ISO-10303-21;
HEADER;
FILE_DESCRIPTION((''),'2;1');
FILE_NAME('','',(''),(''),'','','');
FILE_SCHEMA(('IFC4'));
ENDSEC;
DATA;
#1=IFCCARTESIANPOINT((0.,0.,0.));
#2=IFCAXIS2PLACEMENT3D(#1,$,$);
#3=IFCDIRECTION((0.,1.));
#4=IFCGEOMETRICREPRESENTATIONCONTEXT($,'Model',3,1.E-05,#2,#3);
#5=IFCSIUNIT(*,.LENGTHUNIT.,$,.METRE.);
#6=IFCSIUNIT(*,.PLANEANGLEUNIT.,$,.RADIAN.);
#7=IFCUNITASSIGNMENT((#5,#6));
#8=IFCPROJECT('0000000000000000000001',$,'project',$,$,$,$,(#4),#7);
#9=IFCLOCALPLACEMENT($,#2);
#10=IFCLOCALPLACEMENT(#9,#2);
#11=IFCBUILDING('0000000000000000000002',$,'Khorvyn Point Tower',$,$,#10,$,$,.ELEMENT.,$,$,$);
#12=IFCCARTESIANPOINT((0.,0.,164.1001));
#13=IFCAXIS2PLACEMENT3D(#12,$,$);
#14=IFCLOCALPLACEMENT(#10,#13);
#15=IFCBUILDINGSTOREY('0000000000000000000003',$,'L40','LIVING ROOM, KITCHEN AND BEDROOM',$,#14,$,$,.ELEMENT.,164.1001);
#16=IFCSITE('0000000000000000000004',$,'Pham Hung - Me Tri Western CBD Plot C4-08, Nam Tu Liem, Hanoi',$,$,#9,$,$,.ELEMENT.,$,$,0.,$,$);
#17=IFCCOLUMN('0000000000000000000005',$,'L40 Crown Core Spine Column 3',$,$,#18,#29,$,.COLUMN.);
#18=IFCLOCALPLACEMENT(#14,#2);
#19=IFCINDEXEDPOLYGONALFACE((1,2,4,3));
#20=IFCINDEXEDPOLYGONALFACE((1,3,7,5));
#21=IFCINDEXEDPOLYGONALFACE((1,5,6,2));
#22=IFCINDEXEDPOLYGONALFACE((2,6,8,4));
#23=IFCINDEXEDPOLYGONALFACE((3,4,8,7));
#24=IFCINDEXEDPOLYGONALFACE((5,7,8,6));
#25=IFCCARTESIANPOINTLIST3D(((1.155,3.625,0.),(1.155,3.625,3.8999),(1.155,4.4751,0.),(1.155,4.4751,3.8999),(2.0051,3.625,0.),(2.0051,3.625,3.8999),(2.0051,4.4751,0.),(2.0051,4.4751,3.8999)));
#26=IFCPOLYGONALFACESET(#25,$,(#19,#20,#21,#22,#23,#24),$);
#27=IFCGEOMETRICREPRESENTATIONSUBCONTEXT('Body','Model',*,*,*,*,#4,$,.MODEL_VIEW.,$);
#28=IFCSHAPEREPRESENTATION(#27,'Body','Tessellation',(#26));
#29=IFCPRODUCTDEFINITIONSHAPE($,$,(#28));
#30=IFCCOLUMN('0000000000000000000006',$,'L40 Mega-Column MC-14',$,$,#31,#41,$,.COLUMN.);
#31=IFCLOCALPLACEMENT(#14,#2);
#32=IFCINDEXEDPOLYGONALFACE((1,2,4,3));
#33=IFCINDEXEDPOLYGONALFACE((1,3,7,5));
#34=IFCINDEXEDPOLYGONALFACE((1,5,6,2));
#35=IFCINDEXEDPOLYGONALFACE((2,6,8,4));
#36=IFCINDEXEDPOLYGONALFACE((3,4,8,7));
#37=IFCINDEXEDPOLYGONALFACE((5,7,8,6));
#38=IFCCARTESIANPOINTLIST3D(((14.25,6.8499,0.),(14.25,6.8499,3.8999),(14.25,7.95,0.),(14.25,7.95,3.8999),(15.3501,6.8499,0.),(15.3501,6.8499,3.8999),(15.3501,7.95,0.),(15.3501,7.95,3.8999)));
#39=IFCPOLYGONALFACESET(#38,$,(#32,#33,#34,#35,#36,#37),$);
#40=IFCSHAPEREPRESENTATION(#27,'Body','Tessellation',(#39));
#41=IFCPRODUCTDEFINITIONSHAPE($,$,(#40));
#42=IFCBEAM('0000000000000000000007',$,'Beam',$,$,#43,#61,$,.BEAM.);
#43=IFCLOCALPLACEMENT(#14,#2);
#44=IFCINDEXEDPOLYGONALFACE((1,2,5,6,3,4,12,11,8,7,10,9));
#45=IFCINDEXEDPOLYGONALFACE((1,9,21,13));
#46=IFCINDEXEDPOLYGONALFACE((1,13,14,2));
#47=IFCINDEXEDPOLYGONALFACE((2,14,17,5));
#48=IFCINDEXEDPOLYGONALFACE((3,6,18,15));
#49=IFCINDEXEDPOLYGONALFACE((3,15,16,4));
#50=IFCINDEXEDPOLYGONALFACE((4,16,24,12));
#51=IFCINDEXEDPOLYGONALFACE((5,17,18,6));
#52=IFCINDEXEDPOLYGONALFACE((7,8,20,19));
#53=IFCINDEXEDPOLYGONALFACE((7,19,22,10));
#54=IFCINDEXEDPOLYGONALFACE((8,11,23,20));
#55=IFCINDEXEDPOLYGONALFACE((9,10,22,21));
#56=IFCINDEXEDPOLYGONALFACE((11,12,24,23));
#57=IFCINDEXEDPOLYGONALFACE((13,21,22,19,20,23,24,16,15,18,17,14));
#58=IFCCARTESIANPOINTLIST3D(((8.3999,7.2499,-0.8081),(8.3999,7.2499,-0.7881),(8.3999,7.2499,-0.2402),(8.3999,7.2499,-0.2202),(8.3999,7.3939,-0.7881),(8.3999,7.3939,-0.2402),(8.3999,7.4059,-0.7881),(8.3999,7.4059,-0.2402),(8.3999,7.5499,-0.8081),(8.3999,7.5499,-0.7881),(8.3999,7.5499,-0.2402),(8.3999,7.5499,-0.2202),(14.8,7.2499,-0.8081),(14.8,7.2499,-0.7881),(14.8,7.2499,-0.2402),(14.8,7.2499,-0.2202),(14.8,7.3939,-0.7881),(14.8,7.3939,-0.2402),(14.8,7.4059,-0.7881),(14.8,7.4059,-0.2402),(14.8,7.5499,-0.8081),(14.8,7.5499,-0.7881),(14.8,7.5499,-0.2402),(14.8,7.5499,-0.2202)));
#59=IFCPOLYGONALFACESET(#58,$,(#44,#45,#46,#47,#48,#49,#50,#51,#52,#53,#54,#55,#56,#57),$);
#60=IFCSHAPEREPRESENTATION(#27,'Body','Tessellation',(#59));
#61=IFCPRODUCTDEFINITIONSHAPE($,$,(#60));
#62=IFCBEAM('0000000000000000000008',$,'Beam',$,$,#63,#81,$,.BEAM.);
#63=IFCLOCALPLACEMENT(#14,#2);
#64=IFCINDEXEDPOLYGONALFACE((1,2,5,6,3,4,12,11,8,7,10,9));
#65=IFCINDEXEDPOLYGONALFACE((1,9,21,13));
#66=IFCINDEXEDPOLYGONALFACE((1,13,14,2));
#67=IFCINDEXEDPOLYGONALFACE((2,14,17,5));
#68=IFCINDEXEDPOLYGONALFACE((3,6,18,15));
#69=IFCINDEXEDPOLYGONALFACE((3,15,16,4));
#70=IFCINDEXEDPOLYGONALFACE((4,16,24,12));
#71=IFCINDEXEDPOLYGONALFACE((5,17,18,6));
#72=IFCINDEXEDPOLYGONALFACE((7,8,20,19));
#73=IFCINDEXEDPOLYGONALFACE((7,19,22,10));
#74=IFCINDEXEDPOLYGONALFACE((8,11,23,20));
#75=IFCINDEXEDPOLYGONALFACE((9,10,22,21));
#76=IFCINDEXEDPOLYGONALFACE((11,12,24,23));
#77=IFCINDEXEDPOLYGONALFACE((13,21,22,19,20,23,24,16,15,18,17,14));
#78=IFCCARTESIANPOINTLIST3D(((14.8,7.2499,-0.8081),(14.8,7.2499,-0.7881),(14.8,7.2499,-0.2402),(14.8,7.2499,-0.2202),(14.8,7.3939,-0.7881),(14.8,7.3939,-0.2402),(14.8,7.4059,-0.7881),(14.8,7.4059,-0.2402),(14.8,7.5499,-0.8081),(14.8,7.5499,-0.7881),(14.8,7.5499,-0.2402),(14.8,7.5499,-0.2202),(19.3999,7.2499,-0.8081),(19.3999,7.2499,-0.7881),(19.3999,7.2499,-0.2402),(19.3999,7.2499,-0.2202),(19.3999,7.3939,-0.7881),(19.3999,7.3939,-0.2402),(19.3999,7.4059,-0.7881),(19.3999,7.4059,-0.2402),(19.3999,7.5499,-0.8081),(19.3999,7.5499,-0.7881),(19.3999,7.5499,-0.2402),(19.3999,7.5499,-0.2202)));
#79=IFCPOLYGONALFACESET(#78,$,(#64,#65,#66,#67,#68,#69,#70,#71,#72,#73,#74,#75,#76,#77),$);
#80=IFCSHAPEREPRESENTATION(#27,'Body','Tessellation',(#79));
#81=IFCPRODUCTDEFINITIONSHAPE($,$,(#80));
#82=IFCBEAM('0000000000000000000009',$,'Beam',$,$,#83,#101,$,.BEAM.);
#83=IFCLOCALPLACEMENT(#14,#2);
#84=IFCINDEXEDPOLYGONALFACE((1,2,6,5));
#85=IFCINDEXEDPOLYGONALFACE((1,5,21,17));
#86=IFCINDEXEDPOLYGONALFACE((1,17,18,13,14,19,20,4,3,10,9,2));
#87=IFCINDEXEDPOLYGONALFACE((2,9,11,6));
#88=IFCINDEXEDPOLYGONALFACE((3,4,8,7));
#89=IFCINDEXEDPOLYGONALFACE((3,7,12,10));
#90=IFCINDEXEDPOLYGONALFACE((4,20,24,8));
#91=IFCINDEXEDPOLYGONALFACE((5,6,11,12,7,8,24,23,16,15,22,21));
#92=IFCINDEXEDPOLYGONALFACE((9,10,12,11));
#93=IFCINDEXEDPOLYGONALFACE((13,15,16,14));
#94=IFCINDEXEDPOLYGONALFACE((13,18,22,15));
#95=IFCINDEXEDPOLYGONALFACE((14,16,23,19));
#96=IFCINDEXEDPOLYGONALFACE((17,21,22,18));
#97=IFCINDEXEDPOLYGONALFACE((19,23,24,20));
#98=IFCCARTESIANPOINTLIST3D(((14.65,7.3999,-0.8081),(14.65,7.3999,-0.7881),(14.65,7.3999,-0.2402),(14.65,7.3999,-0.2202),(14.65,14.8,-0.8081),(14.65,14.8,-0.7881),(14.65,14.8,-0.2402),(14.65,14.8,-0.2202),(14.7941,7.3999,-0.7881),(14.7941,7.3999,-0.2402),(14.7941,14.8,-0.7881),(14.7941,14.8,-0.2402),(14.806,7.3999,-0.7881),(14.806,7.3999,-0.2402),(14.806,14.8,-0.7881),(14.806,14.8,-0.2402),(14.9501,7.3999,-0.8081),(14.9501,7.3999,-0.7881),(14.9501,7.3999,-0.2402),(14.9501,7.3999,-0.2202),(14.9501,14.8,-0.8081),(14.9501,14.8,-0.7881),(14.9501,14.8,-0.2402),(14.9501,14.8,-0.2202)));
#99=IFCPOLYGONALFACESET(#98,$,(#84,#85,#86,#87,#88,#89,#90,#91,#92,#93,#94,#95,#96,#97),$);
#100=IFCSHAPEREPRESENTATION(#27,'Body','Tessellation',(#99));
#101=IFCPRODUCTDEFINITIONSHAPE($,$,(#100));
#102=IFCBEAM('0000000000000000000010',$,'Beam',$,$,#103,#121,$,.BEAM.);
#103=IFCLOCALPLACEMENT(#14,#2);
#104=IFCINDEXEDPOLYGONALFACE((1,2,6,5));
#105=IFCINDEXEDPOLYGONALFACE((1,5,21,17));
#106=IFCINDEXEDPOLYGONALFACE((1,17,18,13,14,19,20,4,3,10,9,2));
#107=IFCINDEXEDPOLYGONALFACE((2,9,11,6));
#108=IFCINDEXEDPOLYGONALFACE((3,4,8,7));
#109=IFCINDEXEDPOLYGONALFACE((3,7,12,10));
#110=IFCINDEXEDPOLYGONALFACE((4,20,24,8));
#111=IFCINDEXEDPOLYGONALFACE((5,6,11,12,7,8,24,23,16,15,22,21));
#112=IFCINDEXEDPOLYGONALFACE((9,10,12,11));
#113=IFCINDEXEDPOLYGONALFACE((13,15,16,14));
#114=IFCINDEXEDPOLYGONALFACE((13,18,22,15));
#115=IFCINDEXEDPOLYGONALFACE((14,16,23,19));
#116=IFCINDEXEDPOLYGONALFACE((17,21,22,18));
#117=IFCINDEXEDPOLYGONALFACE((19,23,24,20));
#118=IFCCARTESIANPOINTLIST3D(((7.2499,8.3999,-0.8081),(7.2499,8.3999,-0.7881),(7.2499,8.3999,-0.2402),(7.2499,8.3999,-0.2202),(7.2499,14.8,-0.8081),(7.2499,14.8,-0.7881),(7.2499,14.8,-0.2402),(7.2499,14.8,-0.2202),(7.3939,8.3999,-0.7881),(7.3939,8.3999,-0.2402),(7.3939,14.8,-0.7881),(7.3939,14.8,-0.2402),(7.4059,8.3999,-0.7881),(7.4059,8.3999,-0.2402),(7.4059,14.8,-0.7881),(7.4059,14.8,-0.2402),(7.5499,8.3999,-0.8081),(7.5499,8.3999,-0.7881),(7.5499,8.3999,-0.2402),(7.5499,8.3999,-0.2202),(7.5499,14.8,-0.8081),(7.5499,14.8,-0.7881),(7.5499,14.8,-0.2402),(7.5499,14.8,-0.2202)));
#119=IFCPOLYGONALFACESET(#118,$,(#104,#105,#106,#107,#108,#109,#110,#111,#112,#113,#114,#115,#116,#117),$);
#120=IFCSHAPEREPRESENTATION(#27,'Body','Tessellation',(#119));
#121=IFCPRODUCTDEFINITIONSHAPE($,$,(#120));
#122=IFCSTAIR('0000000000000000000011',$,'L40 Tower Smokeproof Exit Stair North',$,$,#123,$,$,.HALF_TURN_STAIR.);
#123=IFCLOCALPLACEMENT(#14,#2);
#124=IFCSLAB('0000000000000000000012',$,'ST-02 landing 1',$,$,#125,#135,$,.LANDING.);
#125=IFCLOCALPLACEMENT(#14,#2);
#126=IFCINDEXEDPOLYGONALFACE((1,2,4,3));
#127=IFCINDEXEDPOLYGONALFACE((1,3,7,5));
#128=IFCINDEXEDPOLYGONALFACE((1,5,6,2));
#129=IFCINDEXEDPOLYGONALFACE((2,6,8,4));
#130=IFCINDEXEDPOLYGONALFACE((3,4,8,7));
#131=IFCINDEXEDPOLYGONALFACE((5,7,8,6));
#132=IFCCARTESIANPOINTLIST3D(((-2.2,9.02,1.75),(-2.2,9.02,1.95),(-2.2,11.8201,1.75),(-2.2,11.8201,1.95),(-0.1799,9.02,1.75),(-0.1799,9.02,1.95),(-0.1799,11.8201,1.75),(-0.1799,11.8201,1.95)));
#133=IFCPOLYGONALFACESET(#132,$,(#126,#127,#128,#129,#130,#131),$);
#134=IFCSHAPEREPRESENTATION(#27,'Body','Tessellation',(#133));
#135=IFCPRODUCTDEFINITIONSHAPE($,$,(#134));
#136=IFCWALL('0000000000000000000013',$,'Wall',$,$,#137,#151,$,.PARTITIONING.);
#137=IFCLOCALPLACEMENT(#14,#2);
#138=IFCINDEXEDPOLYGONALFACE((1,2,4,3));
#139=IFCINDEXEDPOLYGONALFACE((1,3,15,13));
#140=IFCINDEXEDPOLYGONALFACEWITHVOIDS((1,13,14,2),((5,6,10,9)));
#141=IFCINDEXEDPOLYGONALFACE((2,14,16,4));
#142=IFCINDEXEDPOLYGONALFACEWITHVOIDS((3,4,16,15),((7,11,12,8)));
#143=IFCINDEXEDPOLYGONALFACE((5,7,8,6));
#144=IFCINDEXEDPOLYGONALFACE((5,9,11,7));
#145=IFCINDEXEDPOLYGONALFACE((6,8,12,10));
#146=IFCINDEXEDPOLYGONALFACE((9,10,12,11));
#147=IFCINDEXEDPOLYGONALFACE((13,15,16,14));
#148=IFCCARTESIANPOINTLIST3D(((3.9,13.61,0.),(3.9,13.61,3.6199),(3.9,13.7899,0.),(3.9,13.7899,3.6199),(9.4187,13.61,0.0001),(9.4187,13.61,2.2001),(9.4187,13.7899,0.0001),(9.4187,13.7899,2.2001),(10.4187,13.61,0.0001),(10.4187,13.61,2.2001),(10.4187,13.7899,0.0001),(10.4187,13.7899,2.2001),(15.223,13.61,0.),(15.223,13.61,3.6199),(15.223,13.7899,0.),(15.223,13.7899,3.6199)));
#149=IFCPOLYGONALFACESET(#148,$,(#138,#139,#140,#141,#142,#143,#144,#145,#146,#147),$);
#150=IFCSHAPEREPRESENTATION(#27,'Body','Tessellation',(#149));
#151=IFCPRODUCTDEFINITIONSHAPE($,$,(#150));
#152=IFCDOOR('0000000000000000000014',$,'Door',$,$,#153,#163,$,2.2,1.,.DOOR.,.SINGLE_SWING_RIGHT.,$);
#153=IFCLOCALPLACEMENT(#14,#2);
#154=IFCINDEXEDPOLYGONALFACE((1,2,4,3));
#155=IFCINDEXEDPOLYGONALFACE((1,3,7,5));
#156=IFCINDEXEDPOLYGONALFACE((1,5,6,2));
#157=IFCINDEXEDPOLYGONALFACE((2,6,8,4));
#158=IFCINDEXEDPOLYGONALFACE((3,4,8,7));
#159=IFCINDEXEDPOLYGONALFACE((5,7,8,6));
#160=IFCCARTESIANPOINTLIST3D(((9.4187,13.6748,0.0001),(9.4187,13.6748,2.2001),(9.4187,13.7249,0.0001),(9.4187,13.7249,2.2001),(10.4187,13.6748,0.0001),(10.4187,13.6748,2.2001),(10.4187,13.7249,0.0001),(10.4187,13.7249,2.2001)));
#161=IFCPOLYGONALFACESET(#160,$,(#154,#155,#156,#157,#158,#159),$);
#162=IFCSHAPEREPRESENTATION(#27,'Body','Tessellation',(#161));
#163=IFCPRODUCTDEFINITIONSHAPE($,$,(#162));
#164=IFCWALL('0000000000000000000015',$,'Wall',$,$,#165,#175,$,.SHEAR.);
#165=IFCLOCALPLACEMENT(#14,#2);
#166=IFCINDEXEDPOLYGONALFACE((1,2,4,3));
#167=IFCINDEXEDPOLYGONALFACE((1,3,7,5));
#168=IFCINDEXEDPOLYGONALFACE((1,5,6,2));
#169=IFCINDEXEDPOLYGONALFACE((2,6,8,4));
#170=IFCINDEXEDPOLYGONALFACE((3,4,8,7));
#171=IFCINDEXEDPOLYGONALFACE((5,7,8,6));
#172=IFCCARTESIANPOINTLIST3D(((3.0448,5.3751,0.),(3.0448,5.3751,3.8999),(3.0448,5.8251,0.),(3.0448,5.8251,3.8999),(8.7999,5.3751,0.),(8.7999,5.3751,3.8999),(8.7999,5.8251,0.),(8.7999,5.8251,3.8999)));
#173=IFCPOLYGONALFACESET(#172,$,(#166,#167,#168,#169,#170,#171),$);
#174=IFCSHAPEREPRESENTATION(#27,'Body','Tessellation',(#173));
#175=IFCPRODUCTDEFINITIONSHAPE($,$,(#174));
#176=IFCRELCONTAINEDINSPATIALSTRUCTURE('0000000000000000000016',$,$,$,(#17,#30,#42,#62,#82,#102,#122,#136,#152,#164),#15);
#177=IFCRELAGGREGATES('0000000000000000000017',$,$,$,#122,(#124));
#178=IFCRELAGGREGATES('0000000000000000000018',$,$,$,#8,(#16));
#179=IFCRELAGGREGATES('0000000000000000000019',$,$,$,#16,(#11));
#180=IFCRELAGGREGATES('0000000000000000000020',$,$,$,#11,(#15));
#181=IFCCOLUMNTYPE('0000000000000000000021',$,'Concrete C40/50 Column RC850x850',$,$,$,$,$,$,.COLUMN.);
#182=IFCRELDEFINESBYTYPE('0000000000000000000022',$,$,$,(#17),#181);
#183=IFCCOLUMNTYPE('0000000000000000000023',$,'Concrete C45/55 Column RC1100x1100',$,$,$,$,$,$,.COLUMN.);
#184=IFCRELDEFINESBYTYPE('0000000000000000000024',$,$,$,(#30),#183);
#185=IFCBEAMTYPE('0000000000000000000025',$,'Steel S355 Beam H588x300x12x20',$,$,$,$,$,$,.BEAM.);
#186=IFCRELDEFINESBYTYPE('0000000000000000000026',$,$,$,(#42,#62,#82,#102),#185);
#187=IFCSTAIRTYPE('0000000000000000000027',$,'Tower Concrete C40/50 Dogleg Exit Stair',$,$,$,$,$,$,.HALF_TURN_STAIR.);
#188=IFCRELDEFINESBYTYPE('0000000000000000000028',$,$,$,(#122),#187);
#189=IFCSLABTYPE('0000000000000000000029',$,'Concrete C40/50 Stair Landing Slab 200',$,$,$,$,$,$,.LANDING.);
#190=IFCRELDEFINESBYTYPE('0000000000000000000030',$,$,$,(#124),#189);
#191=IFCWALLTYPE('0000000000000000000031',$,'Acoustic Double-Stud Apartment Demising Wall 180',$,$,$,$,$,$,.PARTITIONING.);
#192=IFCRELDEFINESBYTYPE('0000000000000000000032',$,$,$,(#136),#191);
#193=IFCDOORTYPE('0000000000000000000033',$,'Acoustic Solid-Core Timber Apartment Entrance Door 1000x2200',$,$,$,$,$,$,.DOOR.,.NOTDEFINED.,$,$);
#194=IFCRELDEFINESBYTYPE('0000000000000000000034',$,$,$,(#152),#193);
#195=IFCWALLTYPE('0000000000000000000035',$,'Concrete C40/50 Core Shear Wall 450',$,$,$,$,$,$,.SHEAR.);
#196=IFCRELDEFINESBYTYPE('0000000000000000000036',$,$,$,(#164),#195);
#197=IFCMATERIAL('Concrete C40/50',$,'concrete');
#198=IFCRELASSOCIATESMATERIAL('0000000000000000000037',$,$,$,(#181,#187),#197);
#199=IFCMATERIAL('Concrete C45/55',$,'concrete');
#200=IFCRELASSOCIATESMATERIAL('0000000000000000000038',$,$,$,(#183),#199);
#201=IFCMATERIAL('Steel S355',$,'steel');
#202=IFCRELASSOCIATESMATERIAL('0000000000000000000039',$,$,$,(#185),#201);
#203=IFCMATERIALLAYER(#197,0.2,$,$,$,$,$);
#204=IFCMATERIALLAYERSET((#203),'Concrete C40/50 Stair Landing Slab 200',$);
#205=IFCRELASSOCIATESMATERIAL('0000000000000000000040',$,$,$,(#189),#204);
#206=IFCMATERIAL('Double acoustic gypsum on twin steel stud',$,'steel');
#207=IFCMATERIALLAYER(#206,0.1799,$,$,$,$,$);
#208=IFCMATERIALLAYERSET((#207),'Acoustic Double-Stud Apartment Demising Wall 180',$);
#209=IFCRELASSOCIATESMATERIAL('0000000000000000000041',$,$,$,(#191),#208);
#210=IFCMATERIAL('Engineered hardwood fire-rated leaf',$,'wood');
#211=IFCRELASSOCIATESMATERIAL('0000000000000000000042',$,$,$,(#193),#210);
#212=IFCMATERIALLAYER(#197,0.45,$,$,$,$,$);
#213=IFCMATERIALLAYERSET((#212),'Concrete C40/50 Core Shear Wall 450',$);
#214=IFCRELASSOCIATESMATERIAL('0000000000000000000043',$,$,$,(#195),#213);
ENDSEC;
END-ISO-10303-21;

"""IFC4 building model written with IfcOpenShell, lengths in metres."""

from ifc_helpers import new_model, si_unit, direction, frame, frame_2d, origin, origin_2d, place, context, subcontext, project, spatial, polyline, rectangle, i_section, outline, extrude, material, layer, layer_set, material_profile, profile_set, type_object, element, fill, aggregate, save


model = new_model("IFC4")

# Units and contexts
model_context = context("Model", 3, precision=1e-05, world=origin(), true_north=direction((0.0, 1.0)))
body_context = subcontext(model_context, "Body", "Model", "MODEL_VIEW")
ifc_project = project(units=[si_unit("LENGTHUNIT", "METRE"), si_unit("PLANEANGLEUNIT", "RADIAN")], contexts=[model_context])

# Site, building, storey
site_placement = place(None, origin())
site = spatial("IfcSite", under=ifc_project, at=site_placement, Name="Pham Hung - Me Tri Western CBD Plot C4-08, Nam Tu Liem, Hanoi", CompositionType="ELEMENT", RefElevation=0.0)
building_placement = place(site_placement, origin())
building = spatial("IfcBuilding", under=site, at=building_placement, Name="Khorvyn Point Tower", CompositionType="ELEMENT")
storey_placement = place(building_placement, frame((0.0, 0.0, 164.1001)))
storey = spatial("IfcBuildingStorey", under=building, at=storey_placement, Name="L40", Description="LIVING ROOM, KITCHEN AND BEDROOM", CompositionType="ELEMENT", Elevation=164.1001)

# Columns
ifc_material_1 = material(Name="Concrete C40/50", Category="concrete")
ifc_material_profile_1 = material_profile(ifc_material_1, rectangle(XDim=0.8501, YDim=0.8501, at=origin_2d()))
ifc_profile_set_1 = profile_set([ifc_material_profile_1], Name="Concrete C40/50 RC850x850")
column_type_1 = type_object("IfcColumnType", Name="Concrete C40/50 Column RC850x850", PredefinedType="COLUMN", material=ifc_profile_set_1)
column_1_placement = place(storey_placement, frame((1.5801, 4.05, 0.0), z_axis=(0.0, 0.0, 1.0), x_axis=(1.0, 0.0, 0.0)))
element("IfcColumn", 1, at=column_1_placement, inside=storey, type_object=column_type_1, Name="L40 Crown Core Spine Column 3", PredefinedType="COLUMN", context=body_context, shape_type="SweptSolid", body=[
    extrude(rectangle(XDim=0.8501, YDim=0.8501, at=origin_2d()), origin(), (0.0, 0.0, 1.0), 3.8999),
])
ifc_material_2 = material(Name="Concrete C45/55", Category="concrete")
ifc_material_profile_2 = material_profile(ifc_material_2, rectangle(XDim=1.1001, YDim=1.1001, at=origin_2d()))
ifc_profile_set_2 = profile_set([ifc_material_profile_2], Name="Concrete C45/55 RC1100x1100")
column_type_2 = type_object("IfcColumnType", Name="Concrete C45/55 Column RC1100x1100", PredefinedType="COLUMN", material=ifc_profile_set_2)
column_2_placement = place(storey_placement, frame((14.8, 7.3999, 0.0), z_axis=(0.0, 0.0, 1.0), x_axis=(1.0, 0.0, 0.0)))
element("IfcColumn", 2, at=column_2_placement, inside=storey, type_object=column_type_2, Name="L40 Mega-Column MC-14", PredefinedType="COLUMN", context=body_context, shape_type="SweptSolid", body=[
    extrude(rectangle(XDim=1.1001, YDim=1.1001, at=origin_2d()), origin(), (0.0, 0.0, 1.0), 3.8999),
])

# Beams
ifc_material_3 = material(Name="Steel S355", Category="steel")
ifc_material_profile_3 = material_profile(ifc_material_3, i_section(OverallWidth=0.3, OverallDepth=0.5879, WebThickness=0.012, FlangeThickness=0.02, at=origin_2d()))
ifc_profile_set_3 = profile_set([ifc_material_profile_3], Name="Steel S355 H588x300x12x20")
beam_type = type_object("IfcBeamType", Name="Steel S355 Beam H588x300x12x20", PredefinedType="BEAM", material=ifc_profile_set_3)
beam_1_placement = place(storey_placement, frame((8.3999, 7.3999, -0.5142), z_axis=(1.0, 0.0, 0.0), x_axis=(0.0, 1.0, 0.0)))
element("IfcBeam", 3, at=beam_1_placement, inside=storey, type_object=beam_type, Name="Beam", PredefinedType="BEAM", context=body_context, shape_type="SweptSolid", body=[
    extrude(i_section(OverallWidth=0.3, OverallDepth=0.5879, WebThickness=0.012, FlangeThickness=0.02, at=origin_2d()), origin(), (0.0, 0.0, 1.0), 6.4001),
])
beam_2_placement = place(storey_placement, frame((14.8, 7.3999, -0.5142), z_axis=(1.0, 0.0, 0.0), x_axis=(0.0, 1.0, 0.0)))
element("IfcBeam", 4, at=beam_2_placement, inside=storey, type_object=beam_type, Name="Beam", PredefinedType="BEAM", context=body_context, shape_type="SweptSolid", body=[
    extrude(i_section(OverallWidth=0.3, OverallDepth=0.5879, WebThickness=0.012, FlangeThickness=0.02, at=origin_2d()), origin(), (0.0, 0.0, 1.0), 4.5999),
])
beam_3_placement = place(storey_placement, frame((14.8, 7.3999, -0.5142), z_axis=(0.0, 1.0, 0.0), x_axis=(-1.0, 0.0, 0.0)))
element("IfcBeam", 5, at=beam_3_placement, inside=storey, type_object=beam_type, Name="Beam", PredefinedType="BEAM", context=body_context, shape_type="SweptSolid", body=[
    extrude(i_section(OverallWidth=0.3, OverallDepth=0.5879, WebThickness=0.012, FlangeThickness=0.02, at=origin_2d()), origin(), (0.0, 0.0, 1.0), 7.4001),
])
beam_4_placement = place(storey_placement, frame((7.3999, 8.3999, -0.5142), z_axis=(0.0, 1.0, 0.0), x_axis=(-1.0, 0.0, 0.0)))
element("IfcBeam", 6, at=beam_4_placement, inside=storey, type_object=beam_type, Name="Beam", PredefinedType="BEAM", context=body_context, shape_type="SweptSolid", body=[
    extrude(i_section(OverallWidth=0.3, OverallDepth=0.5879, WebThickness=0.012, FlangeThickness=0.02, at=origin_2d()), origin(), (0.0, 0.0, 1.0), 6.4001),
])

# Stair, slab
stair_type = type_object("IfcStairType", Name="Tower Concrete C40/50 Dogleg Exit Stair", PredefinedType="HALF_TURN_STAIR", material=ifc_material_1)
stair_placement = place(storey_placement, origin())
stair = element("IfcStair", 7, at=stair_placement, inside=storey, type_object=stair_type, Name="L40 Tower Smokeproof Exit Stair North", PredefinedType="HALF_TURN_STAIR")
ifc_layer_1 = layer(ifc_material_1, 0.2)
ifc_layer_set_1 = layer_set([ifc_layer_1], Name="Concrete C40/50 Stair Landing Slab 200")
slab_type = type_object("IfcSlabType", Name="Concrete C40/50 Stair Landing Slab 200", PredefinedType="LANDING", material=ifc_layer_set_1)
slab_placement = place(storey_placement, frame((0.0, 0.0, 1.75)))
slab = element("IfcSlab", 8, at=slab_placement, type_object=slab_type, Name="ST-02 landing 1", PredefinedType="LANDING", context=body_context, shape_type="SweptSolid", body=[
    extrude(outline(polyline([(-0.1799, 11.8201), (-2.2, 11.8201), (-2.2, 9.02), (-0.1799, 9.02), (-0.1799, 11.8201)])), origin(), (0.0, 0.0, 1.0), 0.2),
])

# Wall, opening, door
ifc_material_4 = material(Name="Double acoustic gypsum on twin steel stud", Category="steel")
ifc_layer_2 = layer(ifc_material_4, 0.1799)
ifc_layer_set_2 = layer_set([ifc_layer_2], Name="Acoustic Double-Stud Apartment Demising Wall 180")
wall_type_1 = type_object("IfcWallType", Name="Acoustic Double-Stud Apartment Demising Wall 180", PredefinedType="PARTITIONING", material=ifc_layer_set_2)
wall_1_placement = place(storey_placement, frame((3.8999, 13.7, 0.0), z_axis=(0.0, 0.0, 1.0), x_axis=(1.0, 0.0, 0.0)))
wall_1 = element("IfcWall", 9, at=wall_1_placement, inside=storey, type_object=wall_type_1, Name="Wall", PredefinedType="PARTITIONING", context=body_context, shape_type="SweptSolid", body=[
    extrude(rectangle(XDim=11.323, YDim=0.1799, at=frame_2d((5.6616, 0.0))), origin(), (0.0, 0.0, 1.0), 3.6199),
])
opening_1_placement = place(wall_1_placement, frame((5.5188, 0.0, 0.0)))
opening_1 = element("IfcOpeningElement", 10, at=opening_1_placement, cuts=wall_1, PredefinedType="OPENING", context=body_context, shape_type="SweptSolid", body=[
    extrude(rectangle(XDim=1.0, YDim=2.2, at=frame_2d((0.5, 1.1001))), frame((0.0, 0.0999, 0.0), z_axis=(0.0, -1.0, 0.0), x_axis=(1.0, 0.0, 0.0)), (0.0, 0.0, 1.0), 0.2),
])
ifc_material_5 = material(Name="Engineered hardwood fire-rated leaf", Category="wood")
door_type_1 = type_object("IfcDoorType", Name="Acoustic Solid-Core Timber Apartment Entrance Door 1000x2200", OperationType="NOTDEFINED", PredefinedType="DOOR", material=ifc_material_5)
door_1_placement = place(opening_1_placement, origin())
door_1 = element("IfcDoor", 11, at=door_1_placement, inside=storey, type_object=door_type_1, Name="Door", OperationType="SINGLE_SWING_RIGHT", OverallHeight=2.2, OverallWidth=1.0, PredefinedType="DOOR", context=body_context, shape_type="SweptSolid", body=[
    extrude(rectangle(XDim=1.0, YDim=2.2, at=frame_2d((0.5, 1.1001))), frame((0.0, 0.0249, 0.0), z_axis=(0.0, -1.0, 0.0), x_axis=(1.0, 0.0, 0.0)), (0.0, 0.0, 1.0), 0.05),
])
fill(opening_1, door_1)

# Wall
ifc_layer_3 = layer(ifc_material_1, 0.45)
ifc_layer_set_3 = layer_set([ifc_layer_3], Name="Concrete C40/50 Core Shear Wall 450")
wall_type_2 = type_object("IfcWallType", Name="Concrete C40/50 Core Shear Wall 450", PredefinedType="SHEAR", material=ifc_layer_set_3)
wall_2_placement = place(storey_placement, frame((3.0449, 5.6001, 0.0), z_axis=(0.0, 0.0, 1.0), x_axis=(1.0, 0.0, 0.0)))
element("IfcWall", 12, at=wall_2_placement, inside=storey, type_object=wall_type_2, Name="Wall", PredefinedType="SHEAR", context=body_context, shape_type="SweptSolid", body=[
    extrude(rectangle(XDim=5.7551, YDim=0.45, at=frame_2d((2.8774, 0.0))), origin(), (0.0, 0.0, 1.0), 3.8999),
])

aggregate(stair, [slab])

save(model, "model.ifc")
